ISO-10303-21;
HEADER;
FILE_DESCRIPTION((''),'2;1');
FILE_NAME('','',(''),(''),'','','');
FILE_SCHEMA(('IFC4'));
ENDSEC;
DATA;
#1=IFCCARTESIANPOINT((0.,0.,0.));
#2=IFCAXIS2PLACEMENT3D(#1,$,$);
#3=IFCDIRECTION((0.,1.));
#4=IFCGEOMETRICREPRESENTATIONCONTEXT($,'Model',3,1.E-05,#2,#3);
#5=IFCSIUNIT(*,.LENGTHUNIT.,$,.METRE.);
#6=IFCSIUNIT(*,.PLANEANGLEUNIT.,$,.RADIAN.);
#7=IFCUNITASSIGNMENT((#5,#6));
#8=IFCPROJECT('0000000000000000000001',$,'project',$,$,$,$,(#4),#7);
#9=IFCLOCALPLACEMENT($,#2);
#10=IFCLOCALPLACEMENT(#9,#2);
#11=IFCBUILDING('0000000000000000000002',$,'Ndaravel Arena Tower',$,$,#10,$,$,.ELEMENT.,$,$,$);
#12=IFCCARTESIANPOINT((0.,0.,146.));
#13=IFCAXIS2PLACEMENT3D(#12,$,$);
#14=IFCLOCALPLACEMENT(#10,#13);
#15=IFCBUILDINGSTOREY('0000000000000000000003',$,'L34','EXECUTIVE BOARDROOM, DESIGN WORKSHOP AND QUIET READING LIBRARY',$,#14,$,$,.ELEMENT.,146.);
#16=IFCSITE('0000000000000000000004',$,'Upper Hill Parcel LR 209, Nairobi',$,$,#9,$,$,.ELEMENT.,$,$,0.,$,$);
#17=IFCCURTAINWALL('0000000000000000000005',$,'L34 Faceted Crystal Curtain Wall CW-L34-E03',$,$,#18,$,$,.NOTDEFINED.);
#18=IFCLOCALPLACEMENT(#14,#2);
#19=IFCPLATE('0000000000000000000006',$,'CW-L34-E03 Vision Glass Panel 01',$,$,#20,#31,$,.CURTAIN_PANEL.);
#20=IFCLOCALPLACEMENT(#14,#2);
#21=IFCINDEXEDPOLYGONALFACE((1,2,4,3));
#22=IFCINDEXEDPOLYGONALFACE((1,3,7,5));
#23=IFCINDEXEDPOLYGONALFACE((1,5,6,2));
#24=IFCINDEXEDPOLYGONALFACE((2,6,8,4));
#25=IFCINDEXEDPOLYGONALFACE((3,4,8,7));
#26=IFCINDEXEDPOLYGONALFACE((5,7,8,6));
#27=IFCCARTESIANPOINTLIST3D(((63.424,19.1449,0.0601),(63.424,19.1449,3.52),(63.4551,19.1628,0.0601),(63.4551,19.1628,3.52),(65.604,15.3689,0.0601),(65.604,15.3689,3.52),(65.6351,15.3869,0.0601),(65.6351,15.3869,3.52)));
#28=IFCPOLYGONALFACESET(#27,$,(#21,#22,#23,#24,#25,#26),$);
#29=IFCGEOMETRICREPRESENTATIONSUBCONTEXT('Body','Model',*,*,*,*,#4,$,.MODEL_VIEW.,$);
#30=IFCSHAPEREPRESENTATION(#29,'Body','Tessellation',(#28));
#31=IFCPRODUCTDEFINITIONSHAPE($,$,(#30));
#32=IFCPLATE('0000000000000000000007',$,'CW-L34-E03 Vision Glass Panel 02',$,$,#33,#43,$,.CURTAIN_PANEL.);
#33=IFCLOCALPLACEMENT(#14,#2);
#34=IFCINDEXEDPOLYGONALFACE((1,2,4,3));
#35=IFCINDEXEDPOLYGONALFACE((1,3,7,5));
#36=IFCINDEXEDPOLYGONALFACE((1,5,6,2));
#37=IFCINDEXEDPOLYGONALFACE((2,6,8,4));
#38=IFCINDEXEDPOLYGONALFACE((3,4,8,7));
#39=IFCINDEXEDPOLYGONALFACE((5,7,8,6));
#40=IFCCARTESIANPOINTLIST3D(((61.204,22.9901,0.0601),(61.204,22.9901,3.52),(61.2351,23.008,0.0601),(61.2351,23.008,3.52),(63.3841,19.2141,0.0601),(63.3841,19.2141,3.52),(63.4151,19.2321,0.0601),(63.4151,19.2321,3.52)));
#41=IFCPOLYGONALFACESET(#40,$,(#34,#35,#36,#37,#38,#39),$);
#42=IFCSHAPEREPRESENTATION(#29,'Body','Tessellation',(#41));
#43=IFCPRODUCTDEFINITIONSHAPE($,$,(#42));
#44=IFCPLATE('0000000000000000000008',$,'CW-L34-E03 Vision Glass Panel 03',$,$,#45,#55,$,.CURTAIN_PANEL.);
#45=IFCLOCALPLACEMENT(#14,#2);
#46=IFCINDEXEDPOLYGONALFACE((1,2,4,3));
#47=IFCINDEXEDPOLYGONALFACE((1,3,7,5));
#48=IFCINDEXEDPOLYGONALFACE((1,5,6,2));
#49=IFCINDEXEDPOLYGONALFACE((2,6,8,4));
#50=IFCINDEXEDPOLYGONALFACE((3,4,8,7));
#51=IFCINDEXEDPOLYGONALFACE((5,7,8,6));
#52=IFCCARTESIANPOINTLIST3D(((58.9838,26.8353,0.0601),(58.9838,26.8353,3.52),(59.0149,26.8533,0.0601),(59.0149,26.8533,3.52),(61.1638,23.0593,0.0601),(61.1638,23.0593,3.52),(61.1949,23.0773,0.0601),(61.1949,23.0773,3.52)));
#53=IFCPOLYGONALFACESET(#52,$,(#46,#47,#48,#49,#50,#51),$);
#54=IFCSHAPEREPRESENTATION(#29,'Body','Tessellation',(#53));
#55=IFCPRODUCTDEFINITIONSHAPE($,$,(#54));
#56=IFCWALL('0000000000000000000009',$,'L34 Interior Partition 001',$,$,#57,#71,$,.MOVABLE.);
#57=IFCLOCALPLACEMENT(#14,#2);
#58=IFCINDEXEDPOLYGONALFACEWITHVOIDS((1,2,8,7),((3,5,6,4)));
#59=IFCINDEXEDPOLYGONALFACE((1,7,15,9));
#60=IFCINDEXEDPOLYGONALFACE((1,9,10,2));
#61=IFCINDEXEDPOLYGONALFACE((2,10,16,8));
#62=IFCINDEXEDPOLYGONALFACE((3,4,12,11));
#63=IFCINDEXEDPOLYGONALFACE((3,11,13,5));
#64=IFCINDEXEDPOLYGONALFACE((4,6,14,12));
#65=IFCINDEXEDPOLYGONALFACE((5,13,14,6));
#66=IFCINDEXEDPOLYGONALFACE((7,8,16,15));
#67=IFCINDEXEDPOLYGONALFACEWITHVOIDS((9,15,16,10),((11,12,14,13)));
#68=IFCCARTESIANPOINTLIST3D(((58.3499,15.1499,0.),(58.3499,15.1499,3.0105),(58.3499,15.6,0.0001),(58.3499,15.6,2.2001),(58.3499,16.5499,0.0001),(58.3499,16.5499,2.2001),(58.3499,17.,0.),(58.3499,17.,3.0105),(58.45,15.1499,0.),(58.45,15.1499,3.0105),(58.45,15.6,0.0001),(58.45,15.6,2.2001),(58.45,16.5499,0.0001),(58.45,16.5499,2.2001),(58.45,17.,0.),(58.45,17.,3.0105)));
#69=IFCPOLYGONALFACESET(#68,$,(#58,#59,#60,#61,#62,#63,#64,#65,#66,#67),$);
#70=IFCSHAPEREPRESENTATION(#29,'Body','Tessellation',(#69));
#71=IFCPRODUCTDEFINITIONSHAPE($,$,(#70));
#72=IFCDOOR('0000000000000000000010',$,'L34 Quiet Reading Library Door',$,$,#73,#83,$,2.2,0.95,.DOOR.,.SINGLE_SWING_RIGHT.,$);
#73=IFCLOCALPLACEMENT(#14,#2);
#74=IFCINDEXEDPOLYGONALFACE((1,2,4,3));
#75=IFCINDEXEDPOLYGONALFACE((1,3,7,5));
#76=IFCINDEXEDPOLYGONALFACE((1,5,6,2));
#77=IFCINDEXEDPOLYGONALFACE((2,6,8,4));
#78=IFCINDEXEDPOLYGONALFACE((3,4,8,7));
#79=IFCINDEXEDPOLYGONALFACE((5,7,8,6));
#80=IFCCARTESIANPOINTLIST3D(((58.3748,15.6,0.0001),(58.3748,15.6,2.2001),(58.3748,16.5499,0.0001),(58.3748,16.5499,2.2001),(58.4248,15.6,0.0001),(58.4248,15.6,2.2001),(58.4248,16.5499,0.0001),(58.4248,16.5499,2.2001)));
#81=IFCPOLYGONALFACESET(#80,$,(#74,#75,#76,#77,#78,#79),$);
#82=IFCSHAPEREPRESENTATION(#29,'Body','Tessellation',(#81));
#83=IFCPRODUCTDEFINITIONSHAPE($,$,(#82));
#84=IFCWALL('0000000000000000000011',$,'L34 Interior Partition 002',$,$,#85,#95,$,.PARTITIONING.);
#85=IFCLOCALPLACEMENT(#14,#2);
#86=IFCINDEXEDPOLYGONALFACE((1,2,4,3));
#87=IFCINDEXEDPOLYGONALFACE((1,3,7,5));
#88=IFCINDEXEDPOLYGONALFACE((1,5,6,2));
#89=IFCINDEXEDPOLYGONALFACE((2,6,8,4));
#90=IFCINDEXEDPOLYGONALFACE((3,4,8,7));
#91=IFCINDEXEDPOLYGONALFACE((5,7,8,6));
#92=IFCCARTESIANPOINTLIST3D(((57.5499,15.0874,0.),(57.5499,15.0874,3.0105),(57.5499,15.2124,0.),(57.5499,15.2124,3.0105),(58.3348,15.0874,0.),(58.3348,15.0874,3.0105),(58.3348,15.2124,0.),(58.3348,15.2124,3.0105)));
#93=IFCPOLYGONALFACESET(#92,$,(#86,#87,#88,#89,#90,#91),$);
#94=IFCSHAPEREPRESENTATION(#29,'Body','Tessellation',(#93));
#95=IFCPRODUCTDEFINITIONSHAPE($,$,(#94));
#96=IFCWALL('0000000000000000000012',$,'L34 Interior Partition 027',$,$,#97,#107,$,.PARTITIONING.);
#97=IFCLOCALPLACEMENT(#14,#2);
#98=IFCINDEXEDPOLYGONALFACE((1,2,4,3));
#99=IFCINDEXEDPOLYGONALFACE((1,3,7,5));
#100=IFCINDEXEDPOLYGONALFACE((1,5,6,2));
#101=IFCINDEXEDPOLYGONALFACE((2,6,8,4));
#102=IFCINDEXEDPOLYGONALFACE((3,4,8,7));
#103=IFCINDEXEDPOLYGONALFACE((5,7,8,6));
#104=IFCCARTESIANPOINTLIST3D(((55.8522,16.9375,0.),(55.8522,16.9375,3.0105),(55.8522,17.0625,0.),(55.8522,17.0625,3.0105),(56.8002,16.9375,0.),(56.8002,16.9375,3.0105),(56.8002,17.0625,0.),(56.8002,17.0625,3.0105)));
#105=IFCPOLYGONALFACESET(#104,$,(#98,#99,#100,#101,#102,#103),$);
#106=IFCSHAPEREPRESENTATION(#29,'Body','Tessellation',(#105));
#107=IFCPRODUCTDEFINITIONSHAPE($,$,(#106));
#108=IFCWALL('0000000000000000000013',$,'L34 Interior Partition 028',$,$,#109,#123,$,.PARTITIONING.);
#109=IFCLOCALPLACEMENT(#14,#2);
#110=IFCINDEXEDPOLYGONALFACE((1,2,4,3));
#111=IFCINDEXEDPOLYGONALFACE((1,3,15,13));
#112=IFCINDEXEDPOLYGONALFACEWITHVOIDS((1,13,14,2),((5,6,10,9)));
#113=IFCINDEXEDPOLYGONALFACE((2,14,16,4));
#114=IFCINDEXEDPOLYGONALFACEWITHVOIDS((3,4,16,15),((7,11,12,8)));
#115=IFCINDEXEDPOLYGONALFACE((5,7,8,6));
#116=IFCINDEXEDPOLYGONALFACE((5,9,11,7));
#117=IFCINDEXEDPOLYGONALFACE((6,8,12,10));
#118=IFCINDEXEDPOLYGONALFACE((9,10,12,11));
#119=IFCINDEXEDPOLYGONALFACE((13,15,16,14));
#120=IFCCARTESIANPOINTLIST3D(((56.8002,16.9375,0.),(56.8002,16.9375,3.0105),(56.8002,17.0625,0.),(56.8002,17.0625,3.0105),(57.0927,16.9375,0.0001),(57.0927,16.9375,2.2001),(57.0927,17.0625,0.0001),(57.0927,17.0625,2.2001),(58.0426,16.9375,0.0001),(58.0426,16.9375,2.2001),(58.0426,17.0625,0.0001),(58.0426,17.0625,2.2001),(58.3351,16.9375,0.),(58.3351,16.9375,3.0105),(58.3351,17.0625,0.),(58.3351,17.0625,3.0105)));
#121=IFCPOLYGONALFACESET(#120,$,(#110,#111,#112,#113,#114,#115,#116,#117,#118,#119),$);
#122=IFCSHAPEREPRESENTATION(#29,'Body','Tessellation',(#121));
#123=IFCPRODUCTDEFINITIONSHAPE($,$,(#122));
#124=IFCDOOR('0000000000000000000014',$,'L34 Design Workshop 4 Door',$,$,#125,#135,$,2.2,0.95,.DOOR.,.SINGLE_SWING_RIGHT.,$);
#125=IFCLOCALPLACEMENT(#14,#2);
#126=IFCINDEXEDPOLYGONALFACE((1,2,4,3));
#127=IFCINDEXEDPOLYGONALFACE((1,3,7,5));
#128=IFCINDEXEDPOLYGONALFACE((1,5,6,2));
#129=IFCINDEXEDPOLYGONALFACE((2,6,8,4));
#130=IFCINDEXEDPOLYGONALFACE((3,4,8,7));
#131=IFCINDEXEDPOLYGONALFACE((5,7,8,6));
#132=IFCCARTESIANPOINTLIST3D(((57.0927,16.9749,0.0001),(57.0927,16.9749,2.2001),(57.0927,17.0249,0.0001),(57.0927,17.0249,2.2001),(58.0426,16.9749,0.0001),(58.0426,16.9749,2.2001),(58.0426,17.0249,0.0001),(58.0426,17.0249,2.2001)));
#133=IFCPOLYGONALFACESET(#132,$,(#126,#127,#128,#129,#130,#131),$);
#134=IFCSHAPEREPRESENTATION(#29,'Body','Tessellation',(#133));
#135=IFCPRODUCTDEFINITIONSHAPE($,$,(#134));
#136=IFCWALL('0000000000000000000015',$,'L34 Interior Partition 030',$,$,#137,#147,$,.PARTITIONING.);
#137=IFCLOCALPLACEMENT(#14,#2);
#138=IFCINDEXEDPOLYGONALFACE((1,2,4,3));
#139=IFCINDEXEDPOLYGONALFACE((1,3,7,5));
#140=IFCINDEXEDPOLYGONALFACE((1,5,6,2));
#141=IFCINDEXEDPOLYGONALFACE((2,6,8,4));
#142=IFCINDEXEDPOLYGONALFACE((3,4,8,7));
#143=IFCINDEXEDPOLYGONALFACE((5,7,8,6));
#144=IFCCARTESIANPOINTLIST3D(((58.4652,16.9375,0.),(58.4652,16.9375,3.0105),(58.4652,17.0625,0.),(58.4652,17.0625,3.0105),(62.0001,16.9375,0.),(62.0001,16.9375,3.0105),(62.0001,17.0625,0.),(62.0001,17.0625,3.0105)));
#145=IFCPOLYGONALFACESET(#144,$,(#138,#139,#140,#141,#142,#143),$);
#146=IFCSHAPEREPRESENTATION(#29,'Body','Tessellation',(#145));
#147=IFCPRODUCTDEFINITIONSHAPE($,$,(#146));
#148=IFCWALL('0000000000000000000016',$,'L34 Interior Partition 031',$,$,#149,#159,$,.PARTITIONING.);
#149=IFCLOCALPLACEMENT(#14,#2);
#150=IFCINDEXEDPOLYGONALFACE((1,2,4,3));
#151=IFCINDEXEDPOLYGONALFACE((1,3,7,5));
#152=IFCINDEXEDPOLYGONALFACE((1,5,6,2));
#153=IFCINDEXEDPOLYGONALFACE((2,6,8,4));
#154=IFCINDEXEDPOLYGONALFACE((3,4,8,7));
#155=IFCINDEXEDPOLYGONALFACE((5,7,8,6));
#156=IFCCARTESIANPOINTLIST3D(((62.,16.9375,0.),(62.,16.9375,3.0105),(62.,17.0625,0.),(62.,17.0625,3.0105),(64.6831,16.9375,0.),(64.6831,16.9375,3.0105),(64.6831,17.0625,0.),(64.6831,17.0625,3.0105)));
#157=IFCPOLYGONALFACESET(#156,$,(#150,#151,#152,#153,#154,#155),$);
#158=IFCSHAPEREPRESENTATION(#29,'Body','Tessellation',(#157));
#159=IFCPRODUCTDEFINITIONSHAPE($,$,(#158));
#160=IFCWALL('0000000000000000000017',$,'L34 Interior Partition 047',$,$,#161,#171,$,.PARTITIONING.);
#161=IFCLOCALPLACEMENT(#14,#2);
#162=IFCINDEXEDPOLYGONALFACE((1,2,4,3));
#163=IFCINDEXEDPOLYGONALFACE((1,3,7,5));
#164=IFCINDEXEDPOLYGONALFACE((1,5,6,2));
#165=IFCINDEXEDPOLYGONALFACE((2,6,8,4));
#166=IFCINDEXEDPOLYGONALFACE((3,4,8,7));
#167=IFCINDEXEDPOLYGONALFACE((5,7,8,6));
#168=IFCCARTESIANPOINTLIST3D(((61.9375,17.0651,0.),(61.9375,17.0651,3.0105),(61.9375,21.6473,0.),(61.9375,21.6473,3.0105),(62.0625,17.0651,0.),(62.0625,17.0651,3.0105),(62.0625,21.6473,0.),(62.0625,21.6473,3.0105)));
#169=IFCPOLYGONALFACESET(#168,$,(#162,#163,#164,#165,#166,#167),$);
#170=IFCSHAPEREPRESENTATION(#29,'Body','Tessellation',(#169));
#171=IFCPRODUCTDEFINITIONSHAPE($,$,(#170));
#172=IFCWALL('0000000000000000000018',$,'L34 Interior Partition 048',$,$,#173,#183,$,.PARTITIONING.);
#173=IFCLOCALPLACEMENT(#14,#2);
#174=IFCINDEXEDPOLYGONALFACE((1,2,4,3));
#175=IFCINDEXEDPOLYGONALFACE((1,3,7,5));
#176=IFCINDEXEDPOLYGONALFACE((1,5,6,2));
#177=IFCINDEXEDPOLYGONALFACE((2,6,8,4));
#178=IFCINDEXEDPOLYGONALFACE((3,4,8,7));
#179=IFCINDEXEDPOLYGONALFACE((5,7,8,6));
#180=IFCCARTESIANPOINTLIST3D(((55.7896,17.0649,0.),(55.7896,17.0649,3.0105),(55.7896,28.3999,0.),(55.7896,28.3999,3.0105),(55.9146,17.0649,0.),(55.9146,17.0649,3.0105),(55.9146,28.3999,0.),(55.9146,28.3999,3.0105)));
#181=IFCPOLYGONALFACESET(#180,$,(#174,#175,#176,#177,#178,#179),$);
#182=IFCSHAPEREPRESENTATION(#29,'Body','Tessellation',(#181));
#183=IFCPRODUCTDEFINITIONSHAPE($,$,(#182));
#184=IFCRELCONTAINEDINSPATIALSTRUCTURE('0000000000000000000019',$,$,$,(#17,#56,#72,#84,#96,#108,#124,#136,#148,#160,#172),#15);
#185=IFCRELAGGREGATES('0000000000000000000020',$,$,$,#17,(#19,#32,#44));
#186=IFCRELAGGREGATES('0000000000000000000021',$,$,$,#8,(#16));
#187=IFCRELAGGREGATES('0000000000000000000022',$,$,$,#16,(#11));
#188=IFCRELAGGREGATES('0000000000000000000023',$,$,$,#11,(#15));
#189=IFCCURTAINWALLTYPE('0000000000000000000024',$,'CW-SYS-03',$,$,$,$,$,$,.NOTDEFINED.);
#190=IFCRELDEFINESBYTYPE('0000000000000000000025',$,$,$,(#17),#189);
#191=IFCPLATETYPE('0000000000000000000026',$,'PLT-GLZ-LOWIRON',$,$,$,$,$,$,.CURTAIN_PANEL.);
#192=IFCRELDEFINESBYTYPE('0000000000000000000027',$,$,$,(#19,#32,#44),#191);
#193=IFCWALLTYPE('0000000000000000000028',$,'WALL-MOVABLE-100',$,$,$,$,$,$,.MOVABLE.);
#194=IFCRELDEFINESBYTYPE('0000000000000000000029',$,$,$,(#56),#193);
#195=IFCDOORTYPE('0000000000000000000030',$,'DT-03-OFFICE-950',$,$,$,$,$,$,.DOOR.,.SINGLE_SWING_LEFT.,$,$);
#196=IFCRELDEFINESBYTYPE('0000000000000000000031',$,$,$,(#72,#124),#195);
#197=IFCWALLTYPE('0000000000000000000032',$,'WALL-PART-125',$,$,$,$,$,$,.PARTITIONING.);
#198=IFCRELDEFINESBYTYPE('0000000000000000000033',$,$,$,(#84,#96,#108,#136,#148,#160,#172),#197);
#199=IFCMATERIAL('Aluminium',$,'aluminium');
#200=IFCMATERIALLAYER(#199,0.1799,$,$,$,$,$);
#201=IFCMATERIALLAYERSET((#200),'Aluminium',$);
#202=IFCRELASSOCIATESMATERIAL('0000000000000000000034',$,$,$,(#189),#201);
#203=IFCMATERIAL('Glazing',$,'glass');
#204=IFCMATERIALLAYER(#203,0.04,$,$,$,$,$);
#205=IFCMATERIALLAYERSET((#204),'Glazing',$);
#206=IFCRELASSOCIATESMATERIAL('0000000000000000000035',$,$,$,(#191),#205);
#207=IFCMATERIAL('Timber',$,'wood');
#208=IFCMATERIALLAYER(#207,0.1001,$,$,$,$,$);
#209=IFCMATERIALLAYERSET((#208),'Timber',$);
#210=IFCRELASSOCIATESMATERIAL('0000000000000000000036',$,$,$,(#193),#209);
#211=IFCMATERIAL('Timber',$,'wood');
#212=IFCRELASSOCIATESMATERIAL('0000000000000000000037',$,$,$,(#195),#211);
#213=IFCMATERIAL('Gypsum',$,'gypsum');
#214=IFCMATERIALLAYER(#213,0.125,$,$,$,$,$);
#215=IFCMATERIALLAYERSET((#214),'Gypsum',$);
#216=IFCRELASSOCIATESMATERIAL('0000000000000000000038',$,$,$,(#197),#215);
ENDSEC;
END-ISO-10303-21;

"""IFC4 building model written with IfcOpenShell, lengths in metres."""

from ifc_helpers import new_model, si_unit, direction, frame, frame_2d, origin, origin_2d, place, context, subcontext, project, spatial, rectangle, extrude, material, layer, layer_set, type_object, element, fill, aggregate, save


model = new_model("IFC4")

# Units and contexts
model_context = context("Model", 3, precision=1e-05, world=origin(), true_north=direction((0.0, 1.0)))
body_context = subcontext(model_context, "Body", "Model", "MODEL_VIEW")
ifc_project = project(units=[si_unit("LENGTHUNIT", "METRE"), si_unit("PLANEANGLEUNIT", "RADIAN")], contexts=[model_context])

# Site, building, storey
site_placement = place(None, origin())
site = spatial("IfcSite", under=ifc_project, at=site_placement, Name="Upper Hill Parcel LR 209, Nairobi", CompositionType="ELEMENT", RefElevation=0.0)
building_placement = place(site_placement, origin())
building = spatial("IfcBuilding", under=site, at=building_placement, Name="Ndaravel Arena Tower", CompositionType="ELEMENT")
storey_placement = place(building_placement, frame((0.0, 0.0, 146.0)))
storey = spatial("IfcBuildingStorey", under=building, at=storey_placement, Name="L34", Description="EXECUTIVE BOARDROOM, DESIGN WORKSHOP AND QUIET READING LIBRARY", CompositionType="ELEMENT", Elevation=146.0)

# Curtain wall, plates
ifc_material_1 = material(Name="Aluminium", Category="aluminium")
ifc_layer_1 = layer(ifc_material_1, 0.1799)
ifc_layer_set_1 = layer_set([ifc_layer_1], Name="Aluminium")
curtain_wall_type = type_object("IfcCurtainWallType", Name="CW-SYS-03", PredefinedType="NOTDEFINED", material=ifc_layer_set_1)
curtain_wall_placement = place(storey_placement, origin())
curtain_wall = element("IfcCurtainWall", 1, at=curtain_wall_placement, inside=storey, type_object=curtain_wall_type, Name="L34 Faceted Crystal Curtain Wall CW-L34-E03", PredefinedType="NOTDEFINED")
ifc_material_2 = material(Name="Glazing", Category="glass")
ifc_layer_2 = layer(ifc_material_2, 0.04)
ifc_layer_set_2 = layer_set([ifc_layer_2], Name="Glazing")
plate_type = type_object("IfcPlateType", Name="PLT-GLZ-LOWIRON", PredefinedType="CURTAIN_PANEL", material=ifc_layer_set_2)
plate_1_placement = place(storey_placement, frame((64.5295, 17.2659, 0.0601), z_axis=(0.0, 0.0, 1.0), x_axis=(-0.5, 0.866025, 0.0)))
plate_1 = element("IfcPlate", 2, at=plate_1_placement, type_object=plate_type, Name="CW-L34-E03 Vision Glass Panel 01", PredefinedType="CURTAIN_PANEL", context=body_context, shape_type="SweptSolid", body=[
    extrude(rectangle(XDim=4.3601, YDim=0.0359, at=origin_2d()), origin(), (0.0, 0.0, 1.0), 3.46),
])
plate_2_placement = place(storey_placement, frame((62.3096, 21.1111, 0.0601), z_axis=(0.0, 0.0, 1.0), x_axis=(-0.5, 0.866025, 0.0)))
plate_2 = element("IfcPlate", 3, at=plate_2_placement, type_object=plate_type, Name="CW-L34-E03 Vision Glass Panel 02", PredefinedType="CURTAIN_PANEL", context=body_context, shape_type="SweptSolid", body=[
    extrude(rectangle(XDim=4.3601, YDim=0.0359, at=origin_2d()), origin(), (0.0, 0.0, 1.0), 3.46),
])
plate_3_placement = place(storey_placement, frame((60.0894, 24.9563, 0.0601), z_axis=(0.0, 0.0, 1.0), x_axis=(-0.5, 0.866025, 0.0)))
plate_3 = element("IfcPlate", 4, at=plate_3_placement, type_object=plate_type, Name="CW-L34-E03 Vision Glass Panel 03", PredefinedType="CURTAIN_PANEL", context=body_context, shape_type="SweptSolid", body=[
    extrude(rectangle(XDim=4.3601, YDim=0.0359, at=origin_2d()), origin(), (0.0, 0.0, 1.0), 3.46),
])
aggregate(curtain_wall, [plate_1, plate_2, plate_3])

# Wall, opening, door
ifc_material_3 = material(Name="Timber", Category="wood")
ifc_layer_3 = layer(ifc_material_3, 0.1001)
ifc_layer_set_3 = layer_set([ifc_layer_3], Name="Timber")
wall_type_1 = type_object("IfcWallType", Name="WALL-MOVABLE-100", PredefinedType="MOVABLE", material=ifc_layer_set_3)
wall_1_placement = place(storey_placement, frame((58.3999, 17.0, 0.0), z_axis=(0.0, 0.0, 1.0), x_axis=(0.0, -1.0, 0.0)))
wall_1 = element("IfcWall", 5, at=wall_1_placement, inside=storey, type_object=wall_type_1, Name="L34 Interior Partition 001", PredefinedType="MOVABLE", context=body_context, shape_type="SweptSolid", body=[
    extrude(rectangle(XDim=1.8501, YDim=0.1001, at=frame_2d((0.925, 0.0))), origin(), (0.0, 0.0, 1.0), 3.0105),
])
opening_1_placement = place(wall_1_placement, frame((0.45, 0.0, 0.0)))
opening_1 = element("IfcOpeningElement", 6, at=opening_1_placement, cuts=wall_1, PredefinedType="OPENING", context=body_context, shape_type="SweptSolid", body=[
    extrude(rectangle(XDim=0.95, YDim=2.2, at=frame_2d((0.4751, 1.1001))), frame((0.0, 0.05, 0.0), z_axis=(0.0, -1.0, 0.0), x_axis=(1.0, 0.0, 0.0)), (0.0, 0.0, 1.0), 0.1001),
])
ifc_material_4 = material(Name="Timber", Category="wood")
door_type = type_object("IfcDoorType", Name="DT-03-OFFICE-950", OperationType="SINGLE_SWING_LEFT", PredefinedType="DOOR", material=ifc_material_4)
door_1_placement = place(opening_1_placement, origin())
door_1 = element("IfcDoor", 7, at=door_1_placement, inside=storey, type_object=door_type, Name="L34 Quiet Reading Library Door", OperationType="SINGLE_SWING_RIGHT", OverallHeight=2.2, OverallWidth=0.95, PredefinedType="DOOR", context=body_context, shape_type="SweptSolid", body=[
    extrude(rectangle(XDim=0.95, YDim=2.2, at=frame_2d((0.4751, 1.1001))), frame((0.0, 0.0249, 0.0), z_axis=(0.0, -1.0, 0.0), x_axis=(1.0, 0.0, 0.0)), (0.0, 0.0, 1.0), 0.05),
])
fill(opening_1, door_1)

# Walls
ifc_material_5 = material(Name="Gypsum", Category="gypsum")
ifc_layer_4 = layer(ifc_material_5, 0.125)
ifc_layer_set_4 = layer_set([ifc_layer_4], Name="Gypsum")
wall_type_2 = type_object("IfcWallType", Name="WALL-PART-125", PredefinedType="PARTITIONING", material=ifc_layer_set_4)
wall_2_placement = place(storey_placement, frame((58.335, 15.1499, 0.0), z_axis=(0.0, 0.0, 1.0), x_axis=(-1.0, 0.0, 0.0)))
element("IfcWall", 8, at=wall_2_placement, inside=storey, type_object=wall_type_2, Name="L34 Interior Partition 002", PredefinedType="PARTITIONING", context=body_context, shape_type="SweptSolid", body=[
    extrude(rectangle(XDim=0.7849, YDim=0.125, at=frame_2d((0.3926, 0.0))), origin(), (0.0, 0.0, 1.0), 3.0105),
])
wall_3_placement = place(storey_placement, frame((55.8521, 17.0, 0.0), z_axis=(0.0, 0.0, 1.0), x_axis=(1.0, 0.0, 0.0)))
element("IfcWall", 9, at=wall_3_placement, inside=storey, type_object=wall_type_2, Name="L34 Interior Partition 027", PredefinedType="PARTITIONING", context=body_context, shape_type="SweptSolid", body=[
    extrude(rectangle(XDim=0.948, YDim=0.125, at=frame_2d((0.4741, 0.0))), origin(), (0.0, 0.0, 1.0), 3.0105),
])

# Wall, opening, door
wall_4_placement = place(storey_placement, frame((56.8, 17.0, 0.0), z_axis=(0.0, 0.0, 1.0), x_axis=(1.0, 0.0, 0.0)))
wall_4 = element("IfcWall", 10, at=wall_4_placement, inside=storey, type_object=wall_type_2, Name="L34 Interior Partition 028", PredefinedType="PARTITIONING", context=body_context, shape_type="SweptSolid", body=[
    extrude(rectangle(XDim=1.5349, YDim=0.125, at=frame_2d((0.7676, 0.0))), origin(), (0.0, 0.0, 1.0), 3.0105),
])
opening_2_placement = place(wall_4_placement, frame((0.2925, 0.0, 0.0)))
opening_2 = element("IfcOpeningElement", 11, at=opening_2_placement, cuts=wall_4, PredefinedType="OPENING", context=body_context, shape_type="SweptSolid", body=[
    extrude(rectangle(XDim=0.95, YDim=2.2, at=frame_2d((0.4751, 1.1001))), frame((0.0, 0.0625, 0.0), z_axis=(0.0, -1.0, 0.0), x_axis=(1.0, 0.0, 0.0)), (0.0, 0.0, 1.0), 0.125),
])
door_2_placement = place(opening_2_placement, origin())
door_2 = element("IfcDoor", 12, at=door_2_placement, inside=storey, type_object=door_type, Name="L34 Design Workshop 4 Door", OperationType="SINGLE_SWING_RIGHT", OverallHeight=2.2, OverallWidth=0.95, PredefinedType="DOOR", context=body_context, shape_type="SweptSolid", body=[
    extrude(rectangle(XDim=0.95, YDim=2.2, at=frame_2d((0.4751, 1.1001))), frame((0.0, 0.0249, 0.0), z_axis=(0.0, -1.0, 0.0), x_axis=(1.0, 0.0, 0.0)), (0.0, 0.0, 1.0), 0.05),
])
fill(opening_2, door_2)

# Walls
wall_5_placement = place(storey_placement, frame((58.4651, 17.0, 0.0), z_axis=(0.0, 0.0, 1.0), x_axis=(1.0, 0.0, 0.0)))
element("IfcWall", 13, at=wall_5_placement, inside=storey, type_object=wall_type_2, Name="L34 Interior Partition 030", PredefinedType="PARTITIONING", context=body_context, shape_type="SweptSolid", body=[
    extrude(rectangle(XDim=3.5349, YDim=0.125, at=frame_2d((1.7676, 0.0))), origin(), (0.0, 0.0, 1.0), 3.0105),
])
wall_6_placement = place(storey_placement, frame((62.0, 17.0, 0.0), z_axis=(0.0, 0.0, 1.0), x_axis=(1.0, 0.0, 0.0)))
element("IfcWall", 14, at=wall_6_placement, inside=storey, type_object=wall_type_2, Name="L34 Interior Partition 031", PredefinedType="PARTITIONING", context=body_context, shape_type="SweptSolid", body=[
    extrude(rectangle(XDim=2.6831, YDim=0.125, at=frame_2d((1.3416, 0.0))), origin(), (0.0, 0.0, 1.0), 3.0105),
])
wall_7_placement = place(storey_placement, frame((62.0, 21.6472, 0.0), z_axis=(0.0, 0.0, 1.0), x_axis=(0.0, -1.0, 0.0)))
element("IfcWall", 15, at=wall_7_placement, inside=storey, type_object=wall_type_2, Name="L34 Interior Partition 047", PredefinedType="PARTITIONING", context=body_context, shape_type="SweptSolid", body=[
    extrude(rectangle(XDim=4.5823, YDim=0.125, at=frame_2d((2.291, 0.0))), origin(), (0.0, 0.0, 1.0), 3.0105),
])
wall_8_placement = place(storey_placement, frame((55.8521, 17.0649, 0.0), z_axis=(0.0, 0.0, 1.0), x_axis=(0.0, 1.0, 0.0)))
element("IfcWall", 16, at=wall_8_placement, inside=storey, type_object=wall_type_2, Name="L34 Interior Partition 048", PredefinedType="PARTITIONING", context=body_context, shape_type="SweptSolid", body=[
    extrude(rectangle(XDim=11.335, YDim=0.125, at=frame_2d((5.6675, 0.0))), origin(), (0.0, 0.0, 1.0), 3.0105),
])

save(model, "model.ifc")
